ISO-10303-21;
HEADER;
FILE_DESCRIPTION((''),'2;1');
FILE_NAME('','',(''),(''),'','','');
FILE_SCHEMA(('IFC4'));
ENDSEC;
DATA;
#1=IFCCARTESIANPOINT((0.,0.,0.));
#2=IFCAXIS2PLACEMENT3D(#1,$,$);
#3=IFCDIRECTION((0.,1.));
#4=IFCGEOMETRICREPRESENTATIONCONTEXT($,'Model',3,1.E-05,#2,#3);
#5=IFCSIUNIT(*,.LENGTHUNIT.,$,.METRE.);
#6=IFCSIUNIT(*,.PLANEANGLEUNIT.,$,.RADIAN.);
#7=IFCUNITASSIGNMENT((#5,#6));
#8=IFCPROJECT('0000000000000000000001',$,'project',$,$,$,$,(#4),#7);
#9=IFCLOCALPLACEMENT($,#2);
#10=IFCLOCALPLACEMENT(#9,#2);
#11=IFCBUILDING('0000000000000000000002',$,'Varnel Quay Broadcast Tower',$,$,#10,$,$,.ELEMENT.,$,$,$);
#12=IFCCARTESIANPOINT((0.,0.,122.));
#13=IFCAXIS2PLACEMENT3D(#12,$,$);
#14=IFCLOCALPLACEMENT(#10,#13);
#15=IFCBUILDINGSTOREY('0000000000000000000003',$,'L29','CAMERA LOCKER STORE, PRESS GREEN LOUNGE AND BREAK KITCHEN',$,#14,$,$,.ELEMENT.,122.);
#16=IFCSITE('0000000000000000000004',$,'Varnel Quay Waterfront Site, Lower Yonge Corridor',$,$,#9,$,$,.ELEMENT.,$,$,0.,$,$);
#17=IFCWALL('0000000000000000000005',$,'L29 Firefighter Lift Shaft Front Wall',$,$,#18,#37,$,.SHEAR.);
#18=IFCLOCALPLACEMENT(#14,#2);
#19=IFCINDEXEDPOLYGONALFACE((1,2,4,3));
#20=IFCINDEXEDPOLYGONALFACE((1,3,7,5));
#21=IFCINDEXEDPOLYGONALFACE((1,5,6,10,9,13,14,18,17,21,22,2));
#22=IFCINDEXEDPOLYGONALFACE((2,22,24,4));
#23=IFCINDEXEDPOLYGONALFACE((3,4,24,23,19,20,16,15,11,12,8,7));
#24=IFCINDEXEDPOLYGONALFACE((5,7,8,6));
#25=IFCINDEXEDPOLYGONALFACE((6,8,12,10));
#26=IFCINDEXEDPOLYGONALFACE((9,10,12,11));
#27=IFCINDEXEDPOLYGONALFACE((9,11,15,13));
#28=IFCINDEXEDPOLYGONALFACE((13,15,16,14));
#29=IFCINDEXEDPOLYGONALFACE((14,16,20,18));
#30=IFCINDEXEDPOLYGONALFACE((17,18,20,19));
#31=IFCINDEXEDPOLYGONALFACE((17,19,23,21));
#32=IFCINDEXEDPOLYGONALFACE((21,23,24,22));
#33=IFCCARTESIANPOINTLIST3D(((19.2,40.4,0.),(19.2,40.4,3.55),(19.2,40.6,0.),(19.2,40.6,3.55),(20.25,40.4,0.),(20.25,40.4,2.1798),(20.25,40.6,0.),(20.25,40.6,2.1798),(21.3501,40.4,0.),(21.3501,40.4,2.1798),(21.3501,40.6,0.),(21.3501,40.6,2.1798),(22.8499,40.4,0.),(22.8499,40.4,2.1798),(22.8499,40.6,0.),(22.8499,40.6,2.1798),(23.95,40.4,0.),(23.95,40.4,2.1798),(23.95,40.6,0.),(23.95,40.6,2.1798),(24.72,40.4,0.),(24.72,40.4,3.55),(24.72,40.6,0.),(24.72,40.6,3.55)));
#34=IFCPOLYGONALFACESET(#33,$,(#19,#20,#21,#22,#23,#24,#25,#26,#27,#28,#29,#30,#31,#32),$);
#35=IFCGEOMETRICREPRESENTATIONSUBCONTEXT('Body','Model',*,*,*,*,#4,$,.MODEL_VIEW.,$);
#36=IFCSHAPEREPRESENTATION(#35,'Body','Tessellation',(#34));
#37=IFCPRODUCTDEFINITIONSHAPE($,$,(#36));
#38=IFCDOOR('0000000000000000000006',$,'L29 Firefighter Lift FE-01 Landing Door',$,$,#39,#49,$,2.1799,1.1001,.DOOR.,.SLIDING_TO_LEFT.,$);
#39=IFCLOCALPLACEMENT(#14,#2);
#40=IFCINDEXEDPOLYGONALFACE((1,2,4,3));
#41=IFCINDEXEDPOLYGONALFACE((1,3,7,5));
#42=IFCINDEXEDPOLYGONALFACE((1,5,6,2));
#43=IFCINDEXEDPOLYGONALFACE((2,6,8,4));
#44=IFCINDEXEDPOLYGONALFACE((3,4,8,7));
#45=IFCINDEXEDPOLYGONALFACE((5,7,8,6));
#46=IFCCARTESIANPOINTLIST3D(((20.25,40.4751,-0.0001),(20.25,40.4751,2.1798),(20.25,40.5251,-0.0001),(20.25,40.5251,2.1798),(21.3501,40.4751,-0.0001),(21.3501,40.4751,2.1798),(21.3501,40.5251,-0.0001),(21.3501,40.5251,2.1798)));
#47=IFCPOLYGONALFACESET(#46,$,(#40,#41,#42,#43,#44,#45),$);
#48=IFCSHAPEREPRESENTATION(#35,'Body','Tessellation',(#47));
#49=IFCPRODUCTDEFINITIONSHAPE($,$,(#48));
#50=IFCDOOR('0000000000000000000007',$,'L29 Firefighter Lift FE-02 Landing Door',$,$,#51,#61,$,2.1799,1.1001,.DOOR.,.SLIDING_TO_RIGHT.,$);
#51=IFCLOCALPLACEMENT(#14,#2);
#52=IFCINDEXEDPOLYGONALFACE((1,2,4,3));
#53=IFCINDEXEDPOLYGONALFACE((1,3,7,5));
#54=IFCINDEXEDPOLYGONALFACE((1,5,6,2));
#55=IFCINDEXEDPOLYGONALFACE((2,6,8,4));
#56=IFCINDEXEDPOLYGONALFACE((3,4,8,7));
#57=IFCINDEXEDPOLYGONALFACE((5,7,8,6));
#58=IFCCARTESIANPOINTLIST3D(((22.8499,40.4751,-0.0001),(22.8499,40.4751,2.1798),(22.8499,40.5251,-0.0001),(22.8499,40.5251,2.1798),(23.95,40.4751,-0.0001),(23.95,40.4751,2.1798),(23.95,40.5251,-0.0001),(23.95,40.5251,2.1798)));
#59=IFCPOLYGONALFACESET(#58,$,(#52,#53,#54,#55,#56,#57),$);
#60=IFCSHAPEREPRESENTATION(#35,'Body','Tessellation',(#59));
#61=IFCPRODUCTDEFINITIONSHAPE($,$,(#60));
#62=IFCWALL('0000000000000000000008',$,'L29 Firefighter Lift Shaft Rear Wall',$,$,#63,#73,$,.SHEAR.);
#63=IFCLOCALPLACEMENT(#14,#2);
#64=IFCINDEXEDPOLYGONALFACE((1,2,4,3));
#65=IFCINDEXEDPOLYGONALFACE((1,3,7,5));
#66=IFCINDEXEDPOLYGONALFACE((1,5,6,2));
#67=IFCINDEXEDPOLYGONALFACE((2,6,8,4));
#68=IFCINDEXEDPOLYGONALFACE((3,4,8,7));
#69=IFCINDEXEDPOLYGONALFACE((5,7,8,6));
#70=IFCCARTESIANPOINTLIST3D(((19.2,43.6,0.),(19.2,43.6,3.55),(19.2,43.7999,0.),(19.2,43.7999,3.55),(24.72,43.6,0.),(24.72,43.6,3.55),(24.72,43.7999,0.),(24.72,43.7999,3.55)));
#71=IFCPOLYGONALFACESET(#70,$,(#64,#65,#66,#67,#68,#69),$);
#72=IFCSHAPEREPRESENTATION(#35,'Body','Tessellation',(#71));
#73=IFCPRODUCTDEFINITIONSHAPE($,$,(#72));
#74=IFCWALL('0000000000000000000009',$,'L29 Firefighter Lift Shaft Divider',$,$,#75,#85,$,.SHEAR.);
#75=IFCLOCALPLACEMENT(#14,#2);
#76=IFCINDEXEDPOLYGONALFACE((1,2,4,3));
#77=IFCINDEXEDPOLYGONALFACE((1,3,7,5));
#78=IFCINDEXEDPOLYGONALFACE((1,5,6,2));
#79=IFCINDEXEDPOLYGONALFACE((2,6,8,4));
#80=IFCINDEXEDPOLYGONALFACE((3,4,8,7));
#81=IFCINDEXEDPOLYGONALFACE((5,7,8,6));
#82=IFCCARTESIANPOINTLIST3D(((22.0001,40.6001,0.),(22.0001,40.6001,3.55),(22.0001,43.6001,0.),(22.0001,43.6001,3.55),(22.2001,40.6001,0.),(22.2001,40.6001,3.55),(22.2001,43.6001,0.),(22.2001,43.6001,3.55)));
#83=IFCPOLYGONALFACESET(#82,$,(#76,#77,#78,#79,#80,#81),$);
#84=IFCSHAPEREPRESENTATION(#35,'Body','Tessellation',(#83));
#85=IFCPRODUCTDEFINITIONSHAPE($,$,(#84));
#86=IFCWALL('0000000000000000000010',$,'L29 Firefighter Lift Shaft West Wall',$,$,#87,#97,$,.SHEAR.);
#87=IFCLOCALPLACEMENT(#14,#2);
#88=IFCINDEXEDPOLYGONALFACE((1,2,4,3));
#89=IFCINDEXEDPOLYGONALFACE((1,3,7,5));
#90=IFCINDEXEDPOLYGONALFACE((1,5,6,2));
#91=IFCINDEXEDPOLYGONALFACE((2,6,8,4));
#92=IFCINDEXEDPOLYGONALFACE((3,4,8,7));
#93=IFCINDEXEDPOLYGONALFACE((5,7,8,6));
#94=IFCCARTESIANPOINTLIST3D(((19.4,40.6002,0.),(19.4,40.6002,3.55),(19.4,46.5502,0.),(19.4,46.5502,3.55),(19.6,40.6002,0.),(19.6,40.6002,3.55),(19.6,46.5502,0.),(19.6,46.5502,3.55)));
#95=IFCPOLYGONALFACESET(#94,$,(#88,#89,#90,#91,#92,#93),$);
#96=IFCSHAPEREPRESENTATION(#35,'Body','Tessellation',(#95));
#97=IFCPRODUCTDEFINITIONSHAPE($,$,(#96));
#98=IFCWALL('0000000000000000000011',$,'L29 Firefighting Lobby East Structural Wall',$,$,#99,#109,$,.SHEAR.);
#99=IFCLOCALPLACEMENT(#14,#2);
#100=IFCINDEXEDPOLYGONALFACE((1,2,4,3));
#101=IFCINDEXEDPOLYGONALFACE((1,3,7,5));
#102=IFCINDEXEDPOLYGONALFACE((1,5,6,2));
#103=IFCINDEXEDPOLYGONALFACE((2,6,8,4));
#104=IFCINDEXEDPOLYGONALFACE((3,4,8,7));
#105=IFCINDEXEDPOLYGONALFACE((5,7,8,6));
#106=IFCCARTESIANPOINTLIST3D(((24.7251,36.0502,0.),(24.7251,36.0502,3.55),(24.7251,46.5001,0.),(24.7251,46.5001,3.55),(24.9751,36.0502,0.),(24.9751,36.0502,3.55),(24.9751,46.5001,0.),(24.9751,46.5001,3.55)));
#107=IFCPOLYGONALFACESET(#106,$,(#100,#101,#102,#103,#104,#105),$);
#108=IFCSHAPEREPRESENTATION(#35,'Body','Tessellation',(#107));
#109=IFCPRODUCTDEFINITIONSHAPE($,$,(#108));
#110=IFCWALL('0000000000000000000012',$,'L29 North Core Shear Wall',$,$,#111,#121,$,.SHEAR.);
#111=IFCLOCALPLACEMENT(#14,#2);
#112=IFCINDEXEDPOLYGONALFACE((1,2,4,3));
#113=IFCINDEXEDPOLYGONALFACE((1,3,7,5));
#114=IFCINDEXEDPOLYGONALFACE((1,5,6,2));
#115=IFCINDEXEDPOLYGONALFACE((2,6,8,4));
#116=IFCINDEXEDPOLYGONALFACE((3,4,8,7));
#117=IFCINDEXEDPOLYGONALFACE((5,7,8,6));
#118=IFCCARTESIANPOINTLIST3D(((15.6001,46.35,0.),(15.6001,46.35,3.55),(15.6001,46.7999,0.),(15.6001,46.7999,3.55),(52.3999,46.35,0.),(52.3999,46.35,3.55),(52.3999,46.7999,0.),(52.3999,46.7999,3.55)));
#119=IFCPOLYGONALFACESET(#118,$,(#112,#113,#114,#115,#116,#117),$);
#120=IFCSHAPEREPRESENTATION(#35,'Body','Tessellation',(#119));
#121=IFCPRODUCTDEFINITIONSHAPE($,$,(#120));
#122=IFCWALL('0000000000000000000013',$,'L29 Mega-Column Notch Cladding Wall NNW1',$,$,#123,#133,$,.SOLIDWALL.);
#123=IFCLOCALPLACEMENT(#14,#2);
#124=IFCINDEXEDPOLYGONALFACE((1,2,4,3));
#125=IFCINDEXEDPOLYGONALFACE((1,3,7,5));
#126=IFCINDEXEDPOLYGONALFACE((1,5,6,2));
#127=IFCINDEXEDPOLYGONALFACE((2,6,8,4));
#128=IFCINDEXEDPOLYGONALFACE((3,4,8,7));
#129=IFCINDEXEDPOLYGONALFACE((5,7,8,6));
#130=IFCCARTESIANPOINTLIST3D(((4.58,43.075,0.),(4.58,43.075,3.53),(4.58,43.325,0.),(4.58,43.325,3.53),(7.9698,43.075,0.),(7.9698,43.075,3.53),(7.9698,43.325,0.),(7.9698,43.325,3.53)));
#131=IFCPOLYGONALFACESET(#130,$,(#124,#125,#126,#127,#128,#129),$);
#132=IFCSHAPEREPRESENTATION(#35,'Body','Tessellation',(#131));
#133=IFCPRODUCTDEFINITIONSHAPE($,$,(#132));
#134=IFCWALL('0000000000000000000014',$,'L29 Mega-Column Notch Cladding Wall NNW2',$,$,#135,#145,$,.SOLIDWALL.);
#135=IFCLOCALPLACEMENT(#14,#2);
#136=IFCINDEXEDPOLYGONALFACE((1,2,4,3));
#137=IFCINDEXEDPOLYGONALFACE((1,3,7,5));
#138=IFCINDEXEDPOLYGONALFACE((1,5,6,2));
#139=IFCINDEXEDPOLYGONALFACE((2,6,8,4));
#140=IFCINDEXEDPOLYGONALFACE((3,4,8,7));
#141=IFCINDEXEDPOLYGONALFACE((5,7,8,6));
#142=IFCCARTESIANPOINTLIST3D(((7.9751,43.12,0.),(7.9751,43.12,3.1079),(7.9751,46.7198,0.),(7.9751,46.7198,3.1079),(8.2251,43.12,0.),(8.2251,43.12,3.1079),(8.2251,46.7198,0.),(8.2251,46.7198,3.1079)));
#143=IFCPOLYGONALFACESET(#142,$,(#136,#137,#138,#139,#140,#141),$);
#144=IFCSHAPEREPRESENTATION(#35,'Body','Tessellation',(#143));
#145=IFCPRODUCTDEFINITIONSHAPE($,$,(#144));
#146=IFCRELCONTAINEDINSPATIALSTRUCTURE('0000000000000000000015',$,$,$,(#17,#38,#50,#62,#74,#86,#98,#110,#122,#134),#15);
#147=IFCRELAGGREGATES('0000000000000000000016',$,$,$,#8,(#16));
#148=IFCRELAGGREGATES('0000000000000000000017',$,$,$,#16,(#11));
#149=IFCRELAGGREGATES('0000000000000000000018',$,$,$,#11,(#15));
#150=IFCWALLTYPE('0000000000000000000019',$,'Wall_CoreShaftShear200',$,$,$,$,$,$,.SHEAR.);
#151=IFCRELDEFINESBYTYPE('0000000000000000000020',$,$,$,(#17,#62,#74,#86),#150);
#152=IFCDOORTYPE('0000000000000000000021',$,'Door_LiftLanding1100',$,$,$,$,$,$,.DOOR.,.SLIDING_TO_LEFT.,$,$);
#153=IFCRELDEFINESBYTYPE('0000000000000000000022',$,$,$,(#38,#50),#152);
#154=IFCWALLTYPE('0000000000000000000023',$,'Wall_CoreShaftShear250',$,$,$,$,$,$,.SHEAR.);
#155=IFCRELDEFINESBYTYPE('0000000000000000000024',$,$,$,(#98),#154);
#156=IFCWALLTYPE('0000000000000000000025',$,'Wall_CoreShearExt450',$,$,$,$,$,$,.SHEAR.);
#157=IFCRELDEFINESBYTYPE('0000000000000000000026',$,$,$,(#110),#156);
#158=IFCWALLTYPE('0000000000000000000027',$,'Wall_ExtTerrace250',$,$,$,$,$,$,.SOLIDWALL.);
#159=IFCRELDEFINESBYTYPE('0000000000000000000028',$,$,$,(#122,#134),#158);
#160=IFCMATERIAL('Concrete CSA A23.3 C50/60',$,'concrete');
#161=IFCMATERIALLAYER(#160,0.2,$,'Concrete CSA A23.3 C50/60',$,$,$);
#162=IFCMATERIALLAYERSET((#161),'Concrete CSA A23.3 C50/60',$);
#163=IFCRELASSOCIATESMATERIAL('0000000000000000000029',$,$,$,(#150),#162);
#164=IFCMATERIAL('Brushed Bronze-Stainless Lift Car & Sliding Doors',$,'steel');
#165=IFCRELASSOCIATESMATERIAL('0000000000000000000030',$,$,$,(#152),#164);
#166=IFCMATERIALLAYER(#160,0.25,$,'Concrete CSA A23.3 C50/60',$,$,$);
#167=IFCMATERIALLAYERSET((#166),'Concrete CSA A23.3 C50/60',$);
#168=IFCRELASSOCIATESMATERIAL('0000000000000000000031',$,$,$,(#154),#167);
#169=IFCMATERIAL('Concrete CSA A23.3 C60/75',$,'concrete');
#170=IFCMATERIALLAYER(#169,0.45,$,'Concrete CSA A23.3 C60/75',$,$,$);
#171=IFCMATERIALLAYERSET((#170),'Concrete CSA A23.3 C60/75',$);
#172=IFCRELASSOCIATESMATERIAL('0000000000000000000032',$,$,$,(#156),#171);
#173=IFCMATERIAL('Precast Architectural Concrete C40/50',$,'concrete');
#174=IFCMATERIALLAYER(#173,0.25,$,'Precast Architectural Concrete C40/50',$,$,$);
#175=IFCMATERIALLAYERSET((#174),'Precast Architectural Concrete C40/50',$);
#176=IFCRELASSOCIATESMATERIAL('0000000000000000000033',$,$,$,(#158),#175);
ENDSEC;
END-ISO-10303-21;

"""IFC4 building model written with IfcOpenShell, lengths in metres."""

from ifc_helpers import new_model, si_unit, direction, frame, frame_2d, origin, place, context, subcontext, project, spatial, rectangle, extrude, source, transform, mapped, material, layer, layer_set, type_object, type_shapes, element, fill, save


model = new_model("IFC4")

# Units and contexts
model_context = context("Model", 3, precision=1e-05, world=origin(), true_north=direction((0.0, 1.0)))
body_context = subcontext(model_context, "Body", "Model", "MODEL_VIEW")
ifc_project = project(units=[si_unit("LENGTHUNIT", "METRE"), si_unit("PLANEANGLEUNIT", "RADIAN")], contexts=[model_context])

# Site, building, storey
site_placement = place(None, origin())
site = spatial("IfcSite", under=ifc_project, at=site_placement, Name="Varnel Quay Waterfront Site, Lower Yonge Corridor", CompositionType="ELEMENT", RefElevation=0.0)
building_placement = place(site_placement, origin())
building = spatial("IfcBuilding", under=site, at=building_placement, Name="Varnel Quay Broadcast Tower", CompositionType="ELEMENT")
storey_placement = place(building_placement, frame((0.0, 0.0, 122.0)))
storey = spatial("IfcBuildingStorey", under=building, at=storey_placement, Name="L29", Description="CAMERA LOCKER STORE, PRESS GREEN LOUNGE AND BREAK KITCHEN", CompositionType="ELEMENT", Elevation=122.0)

# Shared definitions
ifc_material_1 = material(Name="Concrete CSA A23.3 C50/60", Category="concrete")
ifc_layer_1 = layer(ifc_material_1, 0.2, Name="Concrete CSA A23.3 C50/60")
ifc_layer_set_1 = layer_set([ifc_layer_1], Name="Concrete CSA A23.3 C50/60")
wall_type_1 = type_object("IfcWallType", Name="Wall_CoreShaftShear200", PredefinedType="SHEAR", material=ifc_layer_set_1)

# Wall, openings, doors
wall_1_placement = place(storey_placement, frame((19.2, 40.5, 0.0), z_axis=(0.0, 0.0, 1.0), x_axis=(1.0, 0.0, 0.0)))
wall_1 = element("IfcWall", 1, at=wall_1_placement, inside=storey, type_object=wall_type_1, Name="L29 Firefighter Lift Shaft Front Wall", PredefinedType="SHEAR", context=body_context, shape_type="SweptSolid", body=[
    extrude(rectangle(XDim=5.52, YDim=0.2, at=frame_2d((2.76, 0.0))), origin(), (0.0, 0.0, 1.0), 3.55),
])
opening_1_placement = place(wall_1_placement, frame((1.05, 0.0, 0.0)))
opening_1 = element("IfcOpeningElement", 2, at=opening_1_placement, cuts=wall_1, PredefinedType="OPENING", context=body_context, shape_type="SweptSolid", body=[
    extrude(rectangle(XDim=1.1001, YDim=2.1799, at=frame_2d((0.55, 1.0898))), frame((0.0, 0.1099, 0.0), z_axis=(0.0, -1.0, 0.0), x_axis=(1.0, 0.0, 0.0)), (0.0, 0.0, 1.0), 0.22),
])
opening_2_placement = place(wall_1_placement, frame((3.6499, 0.0, 0.0)))
opening_2 = element("IfcOpeningElement", 3, at=opening_2_placement, cuts=wall_1, PredefinedType="OPENING", context=body_context, shape_type="SweptSolid", body=[
    extrude(rectangle(XDim=1.1001, YDim=2.1799, at=frame_2d((0.55, 1.0898))), frame((0.0, 0.1099, 0.0), z_axis=(0.0, -1.0, 0.0), x_axis=(1.0, 0.0, 0.0)), (0.0, 0.0, 1.0), 0.22),
])
ifc_material_2 = material(Name="Brushed Bronze-Stainless Lift Car & Sliding Doors", Category="steel")
door_type_1 = type_object("IfcDoorType", Name="Door_LiftLanding1100", OperationType="SLIDING_TO_LEFT", PredefinedType="DOOR", material=ifc_material_2)
shared_shape_1 = source(origin(), body_context, "Body", "SweptSolid", [
    extrude(rectangle(XDim=1.1001, YDim=2.1799, at=frame_2d((0.55, 1.0898))), frame((0.0, 0.0249, 0.0), z_axis=(0.0, -1.0, 0.0), x_axis=(1.0, 0.0, 0.0)), (0.0, 0.0, 1.0), 0.05),
])
type_shapes(door_type_1, [shared_shape_1])
door_1_placement = place(opening_1_placement, frame((1.1001, 0.0, 0.0), z_axis=(0.0, 0.0, 1.0), x_axis=(-1.0, 0.0, 0.0)))
door_1 = element("IfcDoor", 4, at=door_1_placement, inside=storey, type_object=door_type_1, Name="L29 Firefighter Lift FE-01 Landing Door", OperationType="SLIDING_TO_LEFT", OverallHeight=2.1799, OverallWidth=1.1001, PredefinedType="DOOR", context=body_context, shape_type="MappedRepresentation", body=[
    mapped(shared_shape_1, transform((0.0, 0.0, 0.0), x_axis=(1.0, 0.0, 0.0), y_axis=(0.0, 1.0, 0.0), z_axis=(0.0, 0.0, 1.0), scale=1.0)),
])
fill(opening_1, door_1)
door_2_placement = place(opening_2_placement, frame((1.1001, 0.0, 0.0), z_axis=(0.0, 0.0, 1.0), x_axis=(-1.0, 0.0, 0.0)))
door_2 = element("IfcDoor", 5, at=door_2_placement, inside=storey, type_object=door_type_1, Name="L29 Firefighter Lift FE-02 Landing Door", OperationType="SLIDING_TO_RIGHT", OverallHeight=2.1799, OverallWidth=1.1001, PredefinedType="DOOR", context=body_context, shape_type="MappedRepresentation", body=[
    mapped(shared_shape_1, transform((0.0, 0.0, 0.0), x_axis=(1.0, 0.0, 0.0), y_axis=(0.0, 1.0, 0.0), z_axis=(0.0, 0.0, 1.0), scale=1.0)),
])
fill(opening_2, door_2)

# Walls
wall_2_placement = place(storey_placement, frame((19.2, 43.7, 0.0), z_axis=(0.0, 0.0, 1.0), x_axis=(1.0, 0.0, 0.0)))
element("IfcWall", 6, at=wall_2_placement, inside=storey, type_object=wall_type_1, Name="L29 Firefighter Lift Shaft Rear Wall", PredefinedType="SHEAR", context=body_context, shape_type="SweptSolid", body=[
    extrude(rectangle(XDim=5.52, YDim=0.2, at=frame_2d((2.76, 0.0))), origin(), (0.0, 0.0, 1.0), 3.55),
])
wall_3_placement = place(storey_placement, frame((22.1001, 40.6001, 0.0), z_axis=(0.0, 0.0, 1.0), x_axis=(0.0, 1.0, 0.0)))
element("IfcWall", 7, at=wall_3_placement, inside=storey, type_object=wall_type_1, Name="L29 Firefighter Lift Shaft Divider", PredefinedType="SHEAR", context=body_context, shape_type="SweptSolid", body=[
    extrude(rectangle(XDim=3.0, YDim=0.2, at=frame_2d((1.5, 0.0))), origin(), (0.0, 0.0, 1.0), 3.55),
])
wall_4_placement = place(storey_placement, frame((19.5, 40.6001, 0.0), z_axis=(0.0, 0.0, 1.0), x_axis=(0.0, 1.0, 0.0)))
element("IfcWall", 8, at=wall_4_placement, inside=storey, type_object=wall_type_1, Name="L29 Firefighter Lift Shaft West Wall", PredefinedType="SHEAR", context=body_context, shape_type="SweptSolid", body=[
    extrude(rectangle(XDim=5.95, YDim=0.2, at=frame_2d((2.9751, 0.0))), origin(), (0.0, 0.0, 1.0), 3.55),
])
ifc_layer_2 = layer(ifc_material_1, 0.25, Name="Concrete CSA A23.3 C50/60")
ifc_layer_set_2 = layer_set([ifc_layer_2], Name="Concrete CSA A23.3 C50/60")
wall_type_2 = type_object("IfcWallType", Name="Wall_CoreShaftShear250", PredefinedType="SHEAR", material=ifc_layer_set_2)
wall_5_placement = place(storey_placement, frame((24.8501, 36.05, 0.0), z_axis=(0.0, 0.0, 1.0), x_axis=(0.0, 1.0, 0.0)))
element("IfcWall", 9, at=wall_5_placement, inside=storey, type_object=wall_type_2, Name="L29 Firefighting Lobby East Structural Wall", PredefinedType="SHEAR", context=body_context, shape_type="SweptSolid", body=[
    extrude(rectangle(XDim=10.45, YDim=0.25, at=frame_2d((5.2251, 0.0))), origin(), (0.0, 0.0, 1.0), 3.55),
])
ifc_material_3 = material(Name="Concrete CSA A23.3 C60/75", Category="concrete")
ifc_layer_3 = layer(ifc_material_3, 0.45, Name="Concrete CSA A23.3 C60/75")
ifc_layer_set_3 = layer_set([ifc_layer_3], Name="Concrete CSA A23.3 C60/75")
wall_type_3 = type_object("IfcWallType", Name="Wall_CoreShearExt450", PredefinedType="SHEAR", material=ifc_layer_set_3)
wall_6_placement = place(storey_placement, frame((15.6001, 46.575, 0.0), z_axis=(0.0, 0.0, 1.0), x_axis=(1.0, 0.0, 0.0)))
element("IfcWall", 10, at=wall_6_placement, inside=storey, type_object=wall_type_3, Name="L29 North Core Shear Wall", PredefinedType="SHEAR", context=body_context, shape_type="SweptSolid", body=[
    extrude(rectangle(XDim=36.7998, YDim=0.45, at=frame_2d((18.3999, 0.0))), origin(), (0.0, 0.0, 1.0), 3.55),
])
ifc_material_4 = material(Name="Precast Architectural Concrete C40/50", Category="concrete")
ifc_layer_4 = layer(ifc_material_4, 0.25, Name="Precast Architectural Concrete C40/50")
ifc_layer_set_4 = layer_set([ifc_layer_4], Name="Precast Architectural Concrete C40/50")
wall_type_4 = type_object("IfcWallType", Name="Wall_ExtTerrace250", PredefinedType="SOLIDWALL", material=ifc_layer_set_4)
wall_7_placement = place(storey_placement, frame((4.5801, 43.2, 0.0), z_axis=(0.0, 0.0, 1.0), x_axis=(1.0, 0.0, 0.0)))
element("IfcWall", 11, at=wall_7_placement, inside=storey, type_object=wall_type_4, Name="L29 Mega-Column Notch Cladding Wall NNW1", PredefinedType="SOLIDWALL", context=body_context, shape_type="SweptSolid", body=[
    extrude(rectangle(XDim=3.3899, YDim=0.25, at=frame_2d((1.6948, 0.0))), origin(), (0.0, 0.0, 1.0), 3.53),
])
wall_8_placement = place(storey_placement, frame((8.1001, 43.1201, 0.0), z_axis=(0.0, 0.0, 1.0), x_axis=(0.0, 1.0, 0.0)))
element("IfcWall", 12, at=wall_8_placement, inside=storey, type_object=wall_type_4, Name="L29 Mega-Column Notch Cladding Wall NNW2", PredefinedType="SOLIDWALL", context=body_context, shape_type="SweptSolid", body=[
    extrude(rectangle(XDim=3.5999, YDim=0.25, at=frame_2d((1.7998, 0.0))), origin(), (0.0, 0.0, 1.0), 3.1079),
])

save(model, "model.ifc")
